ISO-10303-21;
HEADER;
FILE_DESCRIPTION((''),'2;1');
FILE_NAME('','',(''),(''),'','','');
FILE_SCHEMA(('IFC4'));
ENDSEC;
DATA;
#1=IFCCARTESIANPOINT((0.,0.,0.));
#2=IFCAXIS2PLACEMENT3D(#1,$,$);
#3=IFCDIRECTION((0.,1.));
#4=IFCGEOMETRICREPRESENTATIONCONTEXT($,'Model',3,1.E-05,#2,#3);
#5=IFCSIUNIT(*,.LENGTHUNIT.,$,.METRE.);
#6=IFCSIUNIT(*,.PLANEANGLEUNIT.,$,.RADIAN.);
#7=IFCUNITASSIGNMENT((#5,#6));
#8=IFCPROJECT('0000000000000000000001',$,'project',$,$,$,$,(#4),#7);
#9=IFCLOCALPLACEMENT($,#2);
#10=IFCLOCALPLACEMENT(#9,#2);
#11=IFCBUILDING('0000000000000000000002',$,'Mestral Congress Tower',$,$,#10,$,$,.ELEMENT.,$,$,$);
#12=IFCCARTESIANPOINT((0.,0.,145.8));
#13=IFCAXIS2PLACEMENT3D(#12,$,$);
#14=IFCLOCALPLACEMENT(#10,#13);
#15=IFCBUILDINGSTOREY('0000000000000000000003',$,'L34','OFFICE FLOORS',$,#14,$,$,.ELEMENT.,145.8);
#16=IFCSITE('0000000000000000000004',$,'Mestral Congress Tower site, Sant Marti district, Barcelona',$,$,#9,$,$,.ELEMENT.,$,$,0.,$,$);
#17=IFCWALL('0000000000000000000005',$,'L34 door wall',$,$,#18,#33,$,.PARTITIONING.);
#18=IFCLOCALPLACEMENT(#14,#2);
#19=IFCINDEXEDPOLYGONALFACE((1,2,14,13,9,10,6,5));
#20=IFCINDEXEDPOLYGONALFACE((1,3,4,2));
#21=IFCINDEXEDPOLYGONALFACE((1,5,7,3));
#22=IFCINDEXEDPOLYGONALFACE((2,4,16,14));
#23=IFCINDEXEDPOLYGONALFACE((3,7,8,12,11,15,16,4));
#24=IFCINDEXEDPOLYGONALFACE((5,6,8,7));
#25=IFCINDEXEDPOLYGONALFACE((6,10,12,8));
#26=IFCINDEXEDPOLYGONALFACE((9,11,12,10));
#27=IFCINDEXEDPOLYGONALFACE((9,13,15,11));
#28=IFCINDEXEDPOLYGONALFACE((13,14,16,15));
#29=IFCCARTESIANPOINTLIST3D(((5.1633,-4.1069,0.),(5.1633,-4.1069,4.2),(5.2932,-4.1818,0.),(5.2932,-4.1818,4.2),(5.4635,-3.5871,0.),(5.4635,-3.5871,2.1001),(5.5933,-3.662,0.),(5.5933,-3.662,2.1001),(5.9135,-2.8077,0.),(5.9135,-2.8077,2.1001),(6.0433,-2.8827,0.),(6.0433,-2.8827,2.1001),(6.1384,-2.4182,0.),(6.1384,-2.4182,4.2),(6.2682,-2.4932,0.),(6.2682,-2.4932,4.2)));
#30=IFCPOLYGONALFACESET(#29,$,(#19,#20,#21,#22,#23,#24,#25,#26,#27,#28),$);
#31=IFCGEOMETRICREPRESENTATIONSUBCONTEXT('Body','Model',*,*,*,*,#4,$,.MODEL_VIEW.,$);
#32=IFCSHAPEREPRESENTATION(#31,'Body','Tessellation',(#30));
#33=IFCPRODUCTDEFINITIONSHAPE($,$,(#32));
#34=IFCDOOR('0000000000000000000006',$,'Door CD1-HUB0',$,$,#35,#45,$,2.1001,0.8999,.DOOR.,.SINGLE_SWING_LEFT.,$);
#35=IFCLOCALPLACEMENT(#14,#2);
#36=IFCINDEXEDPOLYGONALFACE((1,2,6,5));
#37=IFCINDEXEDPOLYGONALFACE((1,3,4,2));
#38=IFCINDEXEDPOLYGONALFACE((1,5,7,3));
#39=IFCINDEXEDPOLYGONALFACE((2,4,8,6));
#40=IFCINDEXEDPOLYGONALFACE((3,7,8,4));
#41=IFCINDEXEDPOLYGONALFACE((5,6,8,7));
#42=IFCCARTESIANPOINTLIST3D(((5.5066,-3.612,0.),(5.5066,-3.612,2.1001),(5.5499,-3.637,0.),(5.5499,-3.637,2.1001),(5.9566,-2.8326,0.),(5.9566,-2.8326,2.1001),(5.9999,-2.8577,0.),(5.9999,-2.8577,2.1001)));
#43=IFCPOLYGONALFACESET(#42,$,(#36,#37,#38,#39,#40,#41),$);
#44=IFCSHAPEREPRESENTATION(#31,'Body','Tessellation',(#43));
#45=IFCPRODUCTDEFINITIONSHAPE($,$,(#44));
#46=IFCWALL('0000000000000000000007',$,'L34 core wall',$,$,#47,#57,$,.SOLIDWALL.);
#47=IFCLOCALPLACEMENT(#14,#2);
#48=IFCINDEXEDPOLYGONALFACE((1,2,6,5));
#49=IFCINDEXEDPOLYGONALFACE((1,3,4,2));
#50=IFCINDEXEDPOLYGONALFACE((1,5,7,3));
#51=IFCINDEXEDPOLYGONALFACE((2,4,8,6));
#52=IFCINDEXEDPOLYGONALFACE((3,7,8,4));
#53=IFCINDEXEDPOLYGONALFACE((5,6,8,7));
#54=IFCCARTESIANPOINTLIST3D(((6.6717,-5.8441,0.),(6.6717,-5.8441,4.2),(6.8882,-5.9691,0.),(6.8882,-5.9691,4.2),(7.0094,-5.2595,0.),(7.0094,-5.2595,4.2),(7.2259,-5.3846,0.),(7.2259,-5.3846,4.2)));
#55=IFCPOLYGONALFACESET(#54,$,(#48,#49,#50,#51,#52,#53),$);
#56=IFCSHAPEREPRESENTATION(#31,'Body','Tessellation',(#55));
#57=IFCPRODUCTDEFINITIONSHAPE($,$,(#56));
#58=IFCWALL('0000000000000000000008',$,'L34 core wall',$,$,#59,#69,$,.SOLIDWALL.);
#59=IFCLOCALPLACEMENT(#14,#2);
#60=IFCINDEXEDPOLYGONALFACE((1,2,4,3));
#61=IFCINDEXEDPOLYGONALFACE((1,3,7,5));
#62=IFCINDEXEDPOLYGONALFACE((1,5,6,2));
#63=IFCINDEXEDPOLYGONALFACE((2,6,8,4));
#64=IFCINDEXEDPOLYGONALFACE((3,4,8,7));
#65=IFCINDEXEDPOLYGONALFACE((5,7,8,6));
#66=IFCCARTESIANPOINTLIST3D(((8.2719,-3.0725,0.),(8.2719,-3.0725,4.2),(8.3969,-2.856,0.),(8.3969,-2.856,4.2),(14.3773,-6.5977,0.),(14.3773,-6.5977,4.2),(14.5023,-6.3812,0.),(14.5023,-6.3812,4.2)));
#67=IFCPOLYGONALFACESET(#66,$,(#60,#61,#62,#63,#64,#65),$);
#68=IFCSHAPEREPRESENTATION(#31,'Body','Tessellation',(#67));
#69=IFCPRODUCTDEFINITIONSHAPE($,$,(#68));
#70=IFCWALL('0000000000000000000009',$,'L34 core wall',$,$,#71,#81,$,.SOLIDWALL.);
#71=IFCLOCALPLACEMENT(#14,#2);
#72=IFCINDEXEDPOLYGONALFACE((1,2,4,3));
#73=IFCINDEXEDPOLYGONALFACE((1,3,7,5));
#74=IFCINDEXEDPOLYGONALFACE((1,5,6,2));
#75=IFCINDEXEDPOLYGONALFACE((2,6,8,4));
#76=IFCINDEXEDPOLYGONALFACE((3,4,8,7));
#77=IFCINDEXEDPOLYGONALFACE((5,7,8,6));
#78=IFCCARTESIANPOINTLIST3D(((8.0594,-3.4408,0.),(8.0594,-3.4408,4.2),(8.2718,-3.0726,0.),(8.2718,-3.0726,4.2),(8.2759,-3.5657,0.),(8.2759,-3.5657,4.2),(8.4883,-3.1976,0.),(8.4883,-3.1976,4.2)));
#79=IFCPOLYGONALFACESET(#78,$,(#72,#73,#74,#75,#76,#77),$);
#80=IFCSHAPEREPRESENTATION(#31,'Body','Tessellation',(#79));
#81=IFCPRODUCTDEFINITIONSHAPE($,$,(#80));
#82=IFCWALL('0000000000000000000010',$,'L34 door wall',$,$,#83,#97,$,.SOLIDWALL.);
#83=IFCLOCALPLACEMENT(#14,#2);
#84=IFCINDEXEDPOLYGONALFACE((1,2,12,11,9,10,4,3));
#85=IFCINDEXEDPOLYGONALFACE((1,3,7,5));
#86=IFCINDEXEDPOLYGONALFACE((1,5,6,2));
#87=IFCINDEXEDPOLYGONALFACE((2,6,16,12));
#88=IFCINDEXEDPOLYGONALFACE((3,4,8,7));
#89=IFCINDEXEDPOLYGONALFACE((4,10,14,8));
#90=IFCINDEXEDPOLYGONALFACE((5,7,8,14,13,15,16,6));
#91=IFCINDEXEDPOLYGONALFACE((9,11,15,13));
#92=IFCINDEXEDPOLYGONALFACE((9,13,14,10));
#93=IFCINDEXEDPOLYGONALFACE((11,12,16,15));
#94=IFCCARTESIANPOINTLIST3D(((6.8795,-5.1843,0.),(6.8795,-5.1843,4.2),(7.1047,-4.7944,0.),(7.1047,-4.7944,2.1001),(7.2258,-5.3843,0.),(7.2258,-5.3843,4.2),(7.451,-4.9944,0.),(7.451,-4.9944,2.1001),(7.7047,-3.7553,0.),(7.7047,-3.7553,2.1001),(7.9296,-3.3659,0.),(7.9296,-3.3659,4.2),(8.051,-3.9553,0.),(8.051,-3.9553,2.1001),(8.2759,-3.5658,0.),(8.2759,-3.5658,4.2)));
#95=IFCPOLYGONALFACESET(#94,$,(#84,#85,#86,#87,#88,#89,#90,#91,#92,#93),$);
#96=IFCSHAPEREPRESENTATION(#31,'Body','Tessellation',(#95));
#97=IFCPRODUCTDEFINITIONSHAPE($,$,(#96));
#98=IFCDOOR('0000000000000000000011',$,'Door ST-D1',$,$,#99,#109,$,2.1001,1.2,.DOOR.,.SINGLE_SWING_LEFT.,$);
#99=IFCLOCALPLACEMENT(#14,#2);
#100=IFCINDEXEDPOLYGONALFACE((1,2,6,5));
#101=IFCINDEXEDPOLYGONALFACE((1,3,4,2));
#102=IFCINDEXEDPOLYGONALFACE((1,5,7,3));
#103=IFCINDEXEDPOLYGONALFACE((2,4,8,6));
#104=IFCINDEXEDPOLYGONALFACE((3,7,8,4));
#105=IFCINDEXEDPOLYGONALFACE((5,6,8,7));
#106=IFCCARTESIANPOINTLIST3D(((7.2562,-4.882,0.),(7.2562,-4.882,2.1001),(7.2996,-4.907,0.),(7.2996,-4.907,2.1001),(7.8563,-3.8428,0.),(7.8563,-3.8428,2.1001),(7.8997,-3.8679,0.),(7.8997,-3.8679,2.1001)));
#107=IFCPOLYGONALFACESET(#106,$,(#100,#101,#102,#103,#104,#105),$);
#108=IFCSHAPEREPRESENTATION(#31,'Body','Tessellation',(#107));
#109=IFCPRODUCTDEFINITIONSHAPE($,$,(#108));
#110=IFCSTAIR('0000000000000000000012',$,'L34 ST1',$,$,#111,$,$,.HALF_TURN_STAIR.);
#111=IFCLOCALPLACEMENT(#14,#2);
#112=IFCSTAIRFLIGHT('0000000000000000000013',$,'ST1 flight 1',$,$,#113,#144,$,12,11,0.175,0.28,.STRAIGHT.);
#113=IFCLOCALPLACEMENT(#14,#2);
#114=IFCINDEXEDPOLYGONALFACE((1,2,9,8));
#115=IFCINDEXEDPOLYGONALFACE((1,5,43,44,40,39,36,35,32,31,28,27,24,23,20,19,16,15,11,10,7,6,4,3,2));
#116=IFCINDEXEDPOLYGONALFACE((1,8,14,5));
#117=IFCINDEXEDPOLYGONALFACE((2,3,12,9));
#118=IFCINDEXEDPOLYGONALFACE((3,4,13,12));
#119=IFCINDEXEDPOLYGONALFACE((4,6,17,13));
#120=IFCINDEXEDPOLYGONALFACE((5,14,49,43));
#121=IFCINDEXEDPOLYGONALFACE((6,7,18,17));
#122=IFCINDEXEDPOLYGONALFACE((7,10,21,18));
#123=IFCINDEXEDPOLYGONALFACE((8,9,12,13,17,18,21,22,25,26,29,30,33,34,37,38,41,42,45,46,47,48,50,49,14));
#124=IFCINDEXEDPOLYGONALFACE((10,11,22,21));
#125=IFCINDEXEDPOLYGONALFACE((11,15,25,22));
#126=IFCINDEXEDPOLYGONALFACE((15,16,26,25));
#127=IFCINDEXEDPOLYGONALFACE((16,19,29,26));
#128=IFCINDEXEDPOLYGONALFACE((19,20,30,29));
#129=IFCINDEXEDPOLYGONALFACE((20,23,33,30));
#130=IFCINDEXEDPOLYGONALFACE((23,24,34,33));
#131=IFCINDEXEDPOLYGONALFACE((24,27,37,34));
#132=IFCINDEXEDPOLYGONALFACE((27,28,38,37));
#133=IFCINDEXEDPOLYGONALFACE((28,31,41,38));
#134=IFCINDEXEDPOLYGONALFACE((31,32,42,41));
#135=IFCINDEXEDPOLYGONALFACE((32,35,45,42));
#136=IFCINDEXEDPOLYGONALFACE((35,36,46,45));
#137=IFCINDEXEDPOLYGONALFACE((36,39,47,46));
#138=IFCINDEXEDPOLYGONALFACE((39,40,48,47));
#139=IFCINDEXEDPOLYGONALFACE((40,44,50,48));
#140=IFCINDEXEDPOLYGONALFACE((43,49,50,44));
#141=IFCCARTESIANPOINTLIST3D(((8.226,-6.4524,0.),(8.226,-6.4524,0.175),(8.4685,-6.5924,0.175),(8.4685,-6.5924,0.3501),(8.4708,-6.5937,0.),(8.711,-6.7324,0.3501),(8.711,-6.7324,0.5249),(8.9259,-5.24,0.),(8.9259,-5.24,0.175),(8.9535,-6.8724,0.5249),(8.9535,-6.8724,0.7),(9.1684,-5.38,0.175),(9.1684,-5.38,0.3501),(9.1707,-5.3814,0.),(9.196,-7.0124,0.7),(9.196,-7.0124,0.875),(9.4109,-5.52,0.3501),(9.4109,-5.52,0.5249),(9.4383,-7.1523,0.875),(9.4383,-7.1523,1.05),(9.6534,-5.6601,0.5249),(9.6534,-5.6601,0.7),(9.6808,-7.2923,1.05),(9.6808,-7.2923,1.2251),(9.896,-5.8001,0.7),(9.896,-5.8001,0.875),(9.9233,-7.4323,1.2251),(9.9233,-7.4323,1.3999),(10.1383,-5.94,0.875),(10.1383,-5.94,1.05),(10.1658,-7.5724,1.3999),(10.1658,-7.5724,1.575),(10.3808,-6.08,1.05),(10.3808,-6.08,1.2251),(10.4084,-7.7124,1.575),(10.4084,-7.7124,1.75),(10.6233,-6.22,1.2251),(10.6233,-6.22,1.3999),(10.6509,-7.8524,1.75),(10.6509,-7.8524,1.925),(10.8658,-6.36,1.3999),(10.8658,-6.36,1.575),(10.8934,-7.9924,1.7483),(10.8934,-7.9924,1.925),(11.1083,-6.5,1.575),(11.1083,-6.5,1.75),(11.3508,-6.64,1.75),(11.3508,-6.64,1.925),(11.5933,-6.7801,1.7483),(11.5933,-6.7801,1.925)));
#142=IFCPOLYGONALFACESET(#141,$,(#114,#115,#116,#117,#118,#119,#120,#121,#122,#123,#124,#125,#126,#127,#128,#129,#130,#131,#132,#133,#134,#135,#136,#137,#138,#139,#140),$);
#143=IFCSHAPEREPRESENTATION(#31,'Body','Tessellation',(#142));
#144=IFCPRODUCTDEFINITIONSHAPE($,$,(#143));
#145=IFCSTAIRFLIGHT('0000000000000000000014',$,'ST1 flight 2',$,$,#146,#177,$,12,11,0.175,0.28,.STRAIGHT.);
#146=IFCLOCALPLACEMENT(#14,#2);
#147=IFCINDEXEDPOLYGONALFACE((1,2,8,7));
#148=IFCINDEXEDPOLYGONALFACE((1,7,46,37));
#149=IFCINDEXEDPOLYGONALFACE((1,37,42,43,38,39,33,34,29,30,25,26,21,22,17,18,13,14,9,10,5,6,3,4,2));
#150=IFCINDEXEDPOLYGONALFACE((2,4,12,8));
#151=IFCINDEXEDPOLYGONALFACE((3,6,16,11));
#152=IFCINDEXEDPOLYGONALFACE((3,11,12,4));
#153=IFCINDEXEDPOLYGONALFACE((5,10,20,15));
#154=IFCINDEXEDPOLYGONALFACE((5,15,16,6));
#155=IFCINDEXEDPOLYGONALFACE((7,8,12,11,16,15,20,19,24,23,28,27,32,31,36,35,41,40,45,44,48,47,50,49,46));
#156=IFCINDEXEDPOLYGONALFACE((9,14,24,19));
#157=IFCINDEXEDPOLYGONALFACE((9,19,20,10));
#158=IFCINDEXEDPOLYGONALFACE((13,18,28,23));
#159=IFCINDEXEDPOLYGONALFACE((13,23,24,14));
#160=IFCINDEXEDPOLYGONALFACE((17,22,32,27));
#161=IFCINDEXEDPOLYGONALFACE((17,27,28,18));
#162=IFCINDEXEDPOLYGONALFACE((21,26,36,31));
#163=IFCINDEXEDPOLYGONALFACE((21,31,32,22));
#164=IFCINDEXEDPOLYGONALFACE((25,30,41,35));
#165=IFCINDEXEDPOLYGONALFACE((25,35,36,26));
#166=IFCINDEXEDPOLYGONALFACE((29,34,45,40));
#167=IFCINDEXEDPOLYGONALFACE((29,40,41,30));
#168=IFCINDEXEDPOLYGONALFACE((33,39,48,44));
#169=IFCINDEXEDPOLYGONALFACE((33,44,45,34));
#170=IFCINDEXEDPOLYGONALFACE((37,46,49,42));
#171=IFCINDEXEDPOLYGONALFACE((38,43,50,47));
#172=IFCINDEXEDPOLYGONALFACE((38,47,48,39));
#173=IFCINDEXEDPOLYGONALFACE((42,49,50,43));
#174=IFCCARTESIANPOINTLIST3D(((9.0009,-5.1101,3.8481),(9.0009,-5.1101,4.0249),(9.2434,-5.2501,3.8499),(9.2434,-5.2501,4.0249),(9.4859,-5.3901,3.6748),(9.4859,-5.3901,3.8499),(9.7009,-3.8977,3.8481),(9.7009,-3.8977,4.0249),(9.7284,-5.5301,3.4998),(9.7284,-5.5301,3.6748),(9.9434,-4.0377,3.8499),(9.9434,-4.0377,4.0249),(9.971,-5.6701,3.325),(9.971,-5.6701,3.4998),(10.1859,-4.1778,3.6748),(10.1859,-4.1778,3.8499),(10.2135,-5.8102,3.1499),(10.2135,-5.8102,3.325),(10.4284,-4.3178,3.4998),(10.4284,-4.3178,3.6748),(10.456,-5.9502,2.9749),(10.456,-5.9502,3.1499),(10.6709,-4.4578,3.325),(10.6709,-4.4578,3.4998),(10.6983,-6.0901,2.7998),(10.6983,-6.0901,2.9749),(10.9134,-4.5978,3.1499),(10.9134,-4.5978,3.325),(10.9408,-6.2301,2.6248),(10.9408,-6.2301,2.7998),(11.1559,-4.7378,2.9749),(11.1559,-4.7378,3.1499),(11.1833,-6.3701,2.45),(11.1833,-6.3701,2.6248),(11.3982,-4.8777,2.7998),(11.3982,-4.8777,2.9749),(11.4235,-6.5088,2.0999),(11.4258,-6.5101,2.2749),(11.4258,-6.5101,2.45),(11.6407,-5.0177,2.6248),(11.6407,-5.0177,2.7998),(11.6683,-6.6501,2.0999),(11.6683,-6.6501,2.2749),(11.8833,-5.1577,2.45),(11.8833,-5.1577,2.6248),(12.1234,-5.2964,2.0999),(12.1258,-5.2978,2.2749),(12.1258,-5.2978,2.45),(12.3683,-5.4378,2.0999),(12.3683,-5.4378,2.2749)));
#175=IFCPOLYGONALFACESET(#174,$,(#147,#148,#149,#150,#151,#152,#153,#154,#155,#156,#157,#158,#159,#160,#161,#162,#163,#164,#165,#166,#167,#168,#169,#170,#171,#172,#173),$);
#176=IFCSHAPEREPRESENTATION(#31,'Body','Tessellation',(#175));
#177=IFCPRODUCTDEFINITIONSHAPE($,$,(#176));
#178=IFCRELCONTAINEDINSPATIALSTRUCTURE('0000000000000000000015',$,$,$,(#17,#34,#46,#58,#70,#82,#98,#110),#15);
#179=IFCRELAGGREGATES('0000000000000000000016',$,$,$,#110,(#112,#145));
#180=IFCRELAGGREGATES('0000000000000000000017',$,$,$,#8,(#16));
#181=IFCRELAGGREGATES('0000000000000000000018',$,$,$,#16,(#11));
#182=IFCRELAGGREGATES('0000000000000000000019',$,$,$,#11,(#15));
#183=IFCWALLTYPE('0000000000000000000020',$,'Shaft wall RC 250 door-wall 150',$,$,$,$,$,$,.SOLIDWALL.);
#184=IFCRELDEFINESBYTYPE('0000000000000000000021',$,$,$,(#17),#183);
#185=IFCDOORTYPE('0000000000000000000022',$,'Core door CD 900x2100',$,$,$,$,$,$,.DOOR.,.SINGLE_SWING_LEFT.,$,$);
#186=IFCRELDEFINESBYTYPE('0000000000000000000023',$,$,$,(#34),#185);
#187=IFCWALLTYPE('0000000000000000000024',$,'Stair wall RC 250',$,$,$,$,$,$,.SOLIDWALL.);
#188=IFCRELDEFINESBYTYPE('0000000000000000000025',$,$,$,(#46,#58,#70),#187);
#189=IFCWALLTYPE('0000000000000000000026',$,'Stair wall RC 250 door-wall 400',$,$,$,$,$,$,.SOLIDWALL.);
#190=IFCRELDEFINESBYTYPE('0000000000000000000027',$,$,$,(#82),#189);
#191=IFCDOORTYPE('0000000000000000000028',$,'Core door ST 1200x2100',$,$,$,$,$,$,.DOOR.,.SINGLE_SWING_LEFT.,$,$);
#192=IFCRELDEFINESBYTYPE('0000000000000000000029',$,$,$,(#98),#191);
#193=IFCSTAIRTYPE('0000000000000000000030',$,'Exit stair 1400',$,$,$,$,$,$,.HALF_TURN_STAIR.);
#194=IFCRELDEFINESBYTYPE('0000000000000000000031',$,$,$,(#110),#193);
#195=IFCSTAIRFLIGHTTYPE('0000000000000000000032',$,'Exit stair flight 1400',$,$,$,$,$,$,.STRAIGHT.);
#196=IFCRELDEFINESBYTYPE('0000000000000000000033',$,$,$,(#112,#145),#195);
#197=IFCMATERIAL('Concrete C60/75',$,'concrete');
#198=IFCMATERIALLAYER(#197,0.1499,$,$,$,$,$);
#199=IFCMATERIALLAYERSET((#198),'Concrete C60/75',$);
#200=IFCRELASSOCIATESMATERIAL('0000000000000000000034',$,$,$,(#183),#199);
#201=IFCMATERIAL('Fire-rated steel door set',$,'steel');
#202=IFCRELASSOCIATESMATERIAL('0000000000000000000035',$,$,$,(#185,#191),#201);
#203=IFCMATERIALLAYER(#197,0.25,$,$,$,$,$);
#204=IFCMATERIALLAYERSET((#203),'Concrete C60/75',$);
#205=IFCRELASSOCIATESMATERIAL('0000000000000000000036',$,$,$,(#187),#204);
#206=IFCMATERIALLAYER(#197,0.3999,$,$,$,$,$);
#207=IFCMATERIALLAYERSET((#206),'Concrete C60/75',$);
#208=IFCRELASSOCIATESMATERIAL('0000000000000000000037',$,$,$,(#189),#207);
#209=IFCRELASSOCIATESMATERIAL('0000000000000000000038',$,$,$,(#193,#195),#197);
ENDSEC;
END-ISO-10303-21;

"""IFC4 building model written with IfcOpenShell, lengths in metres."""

from ifc_helpers import new_model, si_unit, direction, frame, frame_2d, origin, place, context, subcontext, project, spatial, polyline, rectangle, outline, extrude, material, layer, layer_set, type_object, element, fill, aggregate, save


model = new_model("IFC4")

# Units and contexts
model_context = context("Model", 3, precision=1e-05, world=origin(), true_north=direction((0.0, 1.0)))
body_context = subcontext(model_context, "Body", "Model", "MODEL_VIEW")
ifc_project = project(units=[si_unit("LENGTHUNIT", "METRE"), si_unit("PLANEANGLEUNIT", "RADIAN")], contexts=[model_context])

# Site, building, storey
site_placement = place(None, origin())
site = spatial("IfcSite", under=ifc_project, at=site_placement, Name="Mestral Congress Tower site, Sant Marti district, Barcelona", CompositionType="ELEMENT", RefElevation=0.0)
building_placement = place(site_placement, origin())
building = spatial("IfcBuilding", under=site, at=building_placement, Name="Mestral Congress Tower", CompositionType="ELEMENT")
storey_placement = place(building_placement, frame((0.0, 0.0, 145.8)))
storey = spatial("IfcBuildingStorey", under=building, at=storey_placement, Name="L34", Description="OFFICE FLOORS", CompositionType="ELEMENT", Elevation=145.8)

# Shared definitions
ifc_material_1 = material(Name="Fire-rated steel door set", Category="steel")

# Shared definitions
ifc_material_2 = material(Name="Concrete C60/75", Category="concrete")

# Shared definitions
ifc_layer_1 = layer(ifc_material_2, 0.1499)
ifc_layer_set_1 = layer_set([ifc_layer_1], Name="Concrete C60/75")
wall_type_1 = type_object("IfcWallType", Name="Shaft wall RC 250 door-wall 150", PredefinedType="SOLIDWALL", material=ifc_layer_set_1)

# Wall, opening, door
wall_1_placement = place(storey_placement, frame((6.2034, -2.4556, 0.0), z_axis=(0.0, 0.0, 1.0), x_axis=(-0.500044, -0.866, 0.0)))
wall_1 = element("IfcWall", 1, at=wall_1_placement, inside=storey, type_object=wall_type_1, Name="L34 door wall", PredefinedType="PARTITIONING", context=body_context, shape_type="SweptSolid", body=[
    extrude(rectangle(XDim=1.95, YDim=0.1499, at=frame_2d((0.9751, 0.0))), origin(), (0.0, 0.0, 1.0), 4.2),
])
opening_1_placement = place(wall_1_placement, frame((0.45, 0.0, 0.0)))
opening_1 = element("IfcOpeningElement", 2, at=opening_1_placement, cuts=wall_1, PredefinedType="OPENING", context=body_context, shape_type="SweptSolid", body=[
    extrude(rectangle(XDim=0.8999, YDim=2.1001, at=frame_2d((0.45, 1.05))), frame((0.0, 0.085, 0.0), z_axis=(0.0, -1.0, 0.0), x_axis=(1.0, 0.0, 0.0)), (0.0, 0.0, 1.0), 0.1699),
])
door_type_1 = type_object("IfcDoorType", Name="Core door CD 900x2100", OperationType="SINGLE_SWING_LEFT", PredefinedType="DOOR", material=ifc_material_1)
door_1_placement = place(opening_1_placement, origin())
door_1 = element("IfcDoor", 3, at=door_1_placement, inside=storey, type_object=door_type_1, Name="Door CD1-HUB0", OperationType="SINGLE_SWING_LEFT", OverallHeight=2.1001, OverallWidth=0.8999, PredefinedType="DOOR", context=body_context, shape_type="SweptSolid", body=[
    extrude(rectangle(XDim=0.8999, YDim=2.1001, at=frame_2d((0.45, 1.05))), frame((0.0, 0.0249, 0.0), z_axis=(0.0, -1.0, 0.0), x_axis=(1.0, 0.0, 0.0)), (0.0, 0.0, 1.0), 0.05),
])
fill(opening_1, door_1)

# Walls
ifc_layer_2 = layer(ifc_material_2, 0.25)
ifc_layer_set_2 = layer_set([ifc_layer_2], Name="Concrete C60/75")
wall_type_2 = type_object("IfcWallType", Name="Stair wall RC 250", PredefinedType="SOLIDWALL", material=ifc_layer_set_2)
wall_2_placement = place(storey_placement, frame((6.78, -5.9065, 0.0), z_axis=(0.0, 0.0, 1.0), x_axis=(0.500223, 0.865896, 0.0)))
element("IfcWall", 4, at=wall_2_placement, inside=storey, type_object=wall_type_2, Name="L34 core wall", PredefinedType="SOLIDWALL", context=body_context, shape_type="SweptSolid", body=[
    extrude(rectangle(XDim=0.675, YDim=0.25, at=frame_2d((0.3374, 0.0))), origin(), (0.0, 0.0, 1.0), 4.2),
])
wall_3_placement = place(storey_placement, frame((8.3345, -2.9644, 0.0), z_axis=(0.0, 0.0, 1.0), x_axis=(0.866016, -0.500016, 0.0)))
element("IfcWall", 5, at=wall_3_placement, inside=storey, type_object=wall_type_2, Name="L34 core wall", PredefinedType="SOLIDWALL", context=body_context, shape_type="SweptSolid", body=[
    extrude(rectangle(XDim=7.05, YDim=0.25, at=frame_2d((3.5249, 0.0))), origin(), (0.0, 0.0, 1.0), 4.2),
])
wall_4_placement = place(storey_placement, frame((8.1677, -3.5032, 0.0), z_axis=(0.0, 0.0, 1.0), x_axis=(0.499722, 0.866186, 0.0)))
element("IfcWall", 6, at=wall_4_placement, inside=storey, type_object=wall_type_2, Name="L34 core wall", PredefinedType="SOLIDWALL", context=body_context, shape_type="SweptSolid", body=[
    extrude(rectangle(XDim=0.425, YDim=0.25, at=frame_2d((0.2124, 0.0))), origin(), (0.0, 0.0, 1.0), 4.2),
])

# Wall, opening, door
ifc_layer_3 = layer(ifc_material_2, 0.3999)
ifc_layer_set_3 = layer_set([ifc_layer_3], Name="Concrete C60/75")
wall_type_3 = type_object("IfcWallType", Name="Stair wall RC 250 door-wall 400", PredefinedType="SOLIDWALL", material=ifc_layer_set_3)
wall_5_placement = place(storey_placement, frame((7.0527, -5.2842, 0.0), z_axis=(0.0, 0.0, 1.0), x_axis=(0.500078, 0.86598, 0.0)))
wall_5 = element("IfcWall", 7, at=wall_5_placement, inside=storey, type_object=wall_type_3, Name="L34 door wall", PredefinedType="SOLIDWALL", context=body_context, shape_type="SweptSolid", body=[
    extrude(rectangle(XDim=2.0999, YDim=0.3999, at=frame_2d((1.0498, 0.0))), origin(), (0.0, 0.0, 1.0), 4.2),
])
opening_2_placement = place(wall_5_placement, frame((0.45, 0.0, 0.0)))
opening_2 = element("IfcOpeningElement", 8, at=opening_2_placement, cuts=wall_5, PredefinedType="OPENING", context=body_context, shape_type="SweptSolid", body=[
    extrude(rectangle(XDim=1.2, YDim=2.1001, at=frame_2d((0.6001, 1.05))), frame((0.0, 0.21, 0.0), z_axis=(0.0, -1.0, 0.0), x_axis=(1.0, 0.0, 0.0)), (0.0, 0.0, 1.0), 0.4199),
])
door_type_2 = type_object("IfcDoorType", Name="Core door ST 1200x2100", OperationType="SINGLE_SWING_LEFT", PredefinedType="DOOR", material=ifc_material_1)
door_2_placement = place(opening_2_placement, origin())
door_2 = element("IfcDoor", 9, at=door_2_placement, inside=storey, type_object=door_type_2, Name="Door ST-D1", OperationType="SINGLE_SWING_LEFT", OverallHeight=2.1001, OverallWidth=1.2, PredefinedType="DOOR", context=body_context, shape_type="SweptSolid", body=[
    extrude(rectangle(XDim=1.2, YDim=2.1001, at=frame_2d((0.6001, 1.05))), frame((0.0, 0.0249, 0.0), z_axis=(0.0, -1.0, 0.0), x_axis=(1.0, 0.0, 0.0)), (0.0, 0.0, 1.0), 0.05),
])
fill(opening_2, door_2)

# Stair, stair flights
stair_type = type_object("IfcStairType", Name="Exit stair 1400", PredefinedType="HALF_TURN_STAIR", material=ifc_material_2)
stair_placement = place(storey_placement, origin())
stair = element("IfcStair", 10, at=stair_placement, inside=storey, type_object=stair_type, Name="L34 ST1", PredefinedType="HALF_TURN_STAIR")
stair_flight_type = type_object("IfcStairFlightType", Name="Exit stair flight 1400", PredefinedType="STRAIGHT", material=ifc_material_2)
stair_flight_1_placement = place(storey_placement, frame((8.5759, -5.8462, 0.0), z_axis=(0.0, 0.0, 1.0), x_axis=(0.866025, -0.5, 0.0)))
stair_flight_1 = element("IfcStairFlight", 11, at=stair_flight_1_placement, type_object=stair_flight_type, Name="ST1 flight 1", NumberOfRisers=12, NumberOfTreads=11, PredefinedType="STRAIGHT", RiserHeight=0.175, TreadLength=0.28, context=body_context, shape_type="SweptSolid", body=[
    extrude(outline(polyline([(0.0, 0.0), (0.0, 0.175), (0.28, 0.175), (0.28, 0.3501), (0.5601, 0.3501), (0.5601, 0.5249), (0.8401, 0.5249), (0.8401, 0.7), (1.1201, 0.7), (1.1201, 0.875), (1.3999, 0.875), (1.3999, 1.05), (1.6799, 1.05), (1.6799, 1.2251), (1.96, 1.2251), (1.96, 1.3999), (2.24, 1.3999), (2.24, 1.575), (2.52, 1.575), (2.52, 1.75), (2.8, 1.75), (2.8, 1.925), (3.0801, 1.925), (3.0801, 2.1001), (3.0801, 1.7483), (0.2827, 0.0), (0.0, 0.0)])), frame((0.0, 0.7, 0.0), z_axis=(0.0, -1.0, 0.0), x_axis=(1.0, 0.0, 0.0)), (0.0, 0.0, 1.0), 1.3999),
])
stair_flight_2_placement = place(storey_placement, frame((12.0183, -6.0439, 2.0999), z_axis=(0.0, 0.0, 1.0), x_axis=(-0.866025, 0.5, 0.0)))
stair_flight_2 = element("IfcStairFlight", 12, at=stair_flight_2_placement, type_object=stair_flight_type, Name="ST1 flight 2", NumberOfRisers=12, NumberOfTreads=11, PredefinedType="STRAIGHT", RiserHeight=0.175, TreadLength=0.28, context=body_context, shape_type="SweptSolid", body=[
    extrude(outline(polyline([(0.0, 0.0), (0.0, 0.175), (0.28, 0.175), (0.28, 0.3501), (0.5601, 0.3501), (0.5601, 0.5249), (0.8401, 0.5249), (0.8401, 0.7), (1.1201, 0.7), (1.1201, 0.875), (1.3999, 0.875), (1.3999, 1.05), (1.6799, 1.05), (1.6799, 1.2251), (1.96, 1.2251), (1.96, 1.3999), (2.24, 1.3999), (2.24, 1.575), (2.52, 1.575), (2.52, 1.75), (2.8, 1.75), (2.8, 1.925), (3.0801, 1.925), (3.0801, 2.1001), (3.0801, 1.7483), (0.2827, 0.0), (0.0, 0.0)])), frame((0.0, 0.7, 0.0), z_axis=(0.0, -1.0, 0.0), x_axis=(1.0, 0.0, 0.0)), (0.0, 0.0, 1.0), 1.3999),
])
aggregate(stair, [stair_flight_1, stair_flight_2])

save(model, "model.ifc")
